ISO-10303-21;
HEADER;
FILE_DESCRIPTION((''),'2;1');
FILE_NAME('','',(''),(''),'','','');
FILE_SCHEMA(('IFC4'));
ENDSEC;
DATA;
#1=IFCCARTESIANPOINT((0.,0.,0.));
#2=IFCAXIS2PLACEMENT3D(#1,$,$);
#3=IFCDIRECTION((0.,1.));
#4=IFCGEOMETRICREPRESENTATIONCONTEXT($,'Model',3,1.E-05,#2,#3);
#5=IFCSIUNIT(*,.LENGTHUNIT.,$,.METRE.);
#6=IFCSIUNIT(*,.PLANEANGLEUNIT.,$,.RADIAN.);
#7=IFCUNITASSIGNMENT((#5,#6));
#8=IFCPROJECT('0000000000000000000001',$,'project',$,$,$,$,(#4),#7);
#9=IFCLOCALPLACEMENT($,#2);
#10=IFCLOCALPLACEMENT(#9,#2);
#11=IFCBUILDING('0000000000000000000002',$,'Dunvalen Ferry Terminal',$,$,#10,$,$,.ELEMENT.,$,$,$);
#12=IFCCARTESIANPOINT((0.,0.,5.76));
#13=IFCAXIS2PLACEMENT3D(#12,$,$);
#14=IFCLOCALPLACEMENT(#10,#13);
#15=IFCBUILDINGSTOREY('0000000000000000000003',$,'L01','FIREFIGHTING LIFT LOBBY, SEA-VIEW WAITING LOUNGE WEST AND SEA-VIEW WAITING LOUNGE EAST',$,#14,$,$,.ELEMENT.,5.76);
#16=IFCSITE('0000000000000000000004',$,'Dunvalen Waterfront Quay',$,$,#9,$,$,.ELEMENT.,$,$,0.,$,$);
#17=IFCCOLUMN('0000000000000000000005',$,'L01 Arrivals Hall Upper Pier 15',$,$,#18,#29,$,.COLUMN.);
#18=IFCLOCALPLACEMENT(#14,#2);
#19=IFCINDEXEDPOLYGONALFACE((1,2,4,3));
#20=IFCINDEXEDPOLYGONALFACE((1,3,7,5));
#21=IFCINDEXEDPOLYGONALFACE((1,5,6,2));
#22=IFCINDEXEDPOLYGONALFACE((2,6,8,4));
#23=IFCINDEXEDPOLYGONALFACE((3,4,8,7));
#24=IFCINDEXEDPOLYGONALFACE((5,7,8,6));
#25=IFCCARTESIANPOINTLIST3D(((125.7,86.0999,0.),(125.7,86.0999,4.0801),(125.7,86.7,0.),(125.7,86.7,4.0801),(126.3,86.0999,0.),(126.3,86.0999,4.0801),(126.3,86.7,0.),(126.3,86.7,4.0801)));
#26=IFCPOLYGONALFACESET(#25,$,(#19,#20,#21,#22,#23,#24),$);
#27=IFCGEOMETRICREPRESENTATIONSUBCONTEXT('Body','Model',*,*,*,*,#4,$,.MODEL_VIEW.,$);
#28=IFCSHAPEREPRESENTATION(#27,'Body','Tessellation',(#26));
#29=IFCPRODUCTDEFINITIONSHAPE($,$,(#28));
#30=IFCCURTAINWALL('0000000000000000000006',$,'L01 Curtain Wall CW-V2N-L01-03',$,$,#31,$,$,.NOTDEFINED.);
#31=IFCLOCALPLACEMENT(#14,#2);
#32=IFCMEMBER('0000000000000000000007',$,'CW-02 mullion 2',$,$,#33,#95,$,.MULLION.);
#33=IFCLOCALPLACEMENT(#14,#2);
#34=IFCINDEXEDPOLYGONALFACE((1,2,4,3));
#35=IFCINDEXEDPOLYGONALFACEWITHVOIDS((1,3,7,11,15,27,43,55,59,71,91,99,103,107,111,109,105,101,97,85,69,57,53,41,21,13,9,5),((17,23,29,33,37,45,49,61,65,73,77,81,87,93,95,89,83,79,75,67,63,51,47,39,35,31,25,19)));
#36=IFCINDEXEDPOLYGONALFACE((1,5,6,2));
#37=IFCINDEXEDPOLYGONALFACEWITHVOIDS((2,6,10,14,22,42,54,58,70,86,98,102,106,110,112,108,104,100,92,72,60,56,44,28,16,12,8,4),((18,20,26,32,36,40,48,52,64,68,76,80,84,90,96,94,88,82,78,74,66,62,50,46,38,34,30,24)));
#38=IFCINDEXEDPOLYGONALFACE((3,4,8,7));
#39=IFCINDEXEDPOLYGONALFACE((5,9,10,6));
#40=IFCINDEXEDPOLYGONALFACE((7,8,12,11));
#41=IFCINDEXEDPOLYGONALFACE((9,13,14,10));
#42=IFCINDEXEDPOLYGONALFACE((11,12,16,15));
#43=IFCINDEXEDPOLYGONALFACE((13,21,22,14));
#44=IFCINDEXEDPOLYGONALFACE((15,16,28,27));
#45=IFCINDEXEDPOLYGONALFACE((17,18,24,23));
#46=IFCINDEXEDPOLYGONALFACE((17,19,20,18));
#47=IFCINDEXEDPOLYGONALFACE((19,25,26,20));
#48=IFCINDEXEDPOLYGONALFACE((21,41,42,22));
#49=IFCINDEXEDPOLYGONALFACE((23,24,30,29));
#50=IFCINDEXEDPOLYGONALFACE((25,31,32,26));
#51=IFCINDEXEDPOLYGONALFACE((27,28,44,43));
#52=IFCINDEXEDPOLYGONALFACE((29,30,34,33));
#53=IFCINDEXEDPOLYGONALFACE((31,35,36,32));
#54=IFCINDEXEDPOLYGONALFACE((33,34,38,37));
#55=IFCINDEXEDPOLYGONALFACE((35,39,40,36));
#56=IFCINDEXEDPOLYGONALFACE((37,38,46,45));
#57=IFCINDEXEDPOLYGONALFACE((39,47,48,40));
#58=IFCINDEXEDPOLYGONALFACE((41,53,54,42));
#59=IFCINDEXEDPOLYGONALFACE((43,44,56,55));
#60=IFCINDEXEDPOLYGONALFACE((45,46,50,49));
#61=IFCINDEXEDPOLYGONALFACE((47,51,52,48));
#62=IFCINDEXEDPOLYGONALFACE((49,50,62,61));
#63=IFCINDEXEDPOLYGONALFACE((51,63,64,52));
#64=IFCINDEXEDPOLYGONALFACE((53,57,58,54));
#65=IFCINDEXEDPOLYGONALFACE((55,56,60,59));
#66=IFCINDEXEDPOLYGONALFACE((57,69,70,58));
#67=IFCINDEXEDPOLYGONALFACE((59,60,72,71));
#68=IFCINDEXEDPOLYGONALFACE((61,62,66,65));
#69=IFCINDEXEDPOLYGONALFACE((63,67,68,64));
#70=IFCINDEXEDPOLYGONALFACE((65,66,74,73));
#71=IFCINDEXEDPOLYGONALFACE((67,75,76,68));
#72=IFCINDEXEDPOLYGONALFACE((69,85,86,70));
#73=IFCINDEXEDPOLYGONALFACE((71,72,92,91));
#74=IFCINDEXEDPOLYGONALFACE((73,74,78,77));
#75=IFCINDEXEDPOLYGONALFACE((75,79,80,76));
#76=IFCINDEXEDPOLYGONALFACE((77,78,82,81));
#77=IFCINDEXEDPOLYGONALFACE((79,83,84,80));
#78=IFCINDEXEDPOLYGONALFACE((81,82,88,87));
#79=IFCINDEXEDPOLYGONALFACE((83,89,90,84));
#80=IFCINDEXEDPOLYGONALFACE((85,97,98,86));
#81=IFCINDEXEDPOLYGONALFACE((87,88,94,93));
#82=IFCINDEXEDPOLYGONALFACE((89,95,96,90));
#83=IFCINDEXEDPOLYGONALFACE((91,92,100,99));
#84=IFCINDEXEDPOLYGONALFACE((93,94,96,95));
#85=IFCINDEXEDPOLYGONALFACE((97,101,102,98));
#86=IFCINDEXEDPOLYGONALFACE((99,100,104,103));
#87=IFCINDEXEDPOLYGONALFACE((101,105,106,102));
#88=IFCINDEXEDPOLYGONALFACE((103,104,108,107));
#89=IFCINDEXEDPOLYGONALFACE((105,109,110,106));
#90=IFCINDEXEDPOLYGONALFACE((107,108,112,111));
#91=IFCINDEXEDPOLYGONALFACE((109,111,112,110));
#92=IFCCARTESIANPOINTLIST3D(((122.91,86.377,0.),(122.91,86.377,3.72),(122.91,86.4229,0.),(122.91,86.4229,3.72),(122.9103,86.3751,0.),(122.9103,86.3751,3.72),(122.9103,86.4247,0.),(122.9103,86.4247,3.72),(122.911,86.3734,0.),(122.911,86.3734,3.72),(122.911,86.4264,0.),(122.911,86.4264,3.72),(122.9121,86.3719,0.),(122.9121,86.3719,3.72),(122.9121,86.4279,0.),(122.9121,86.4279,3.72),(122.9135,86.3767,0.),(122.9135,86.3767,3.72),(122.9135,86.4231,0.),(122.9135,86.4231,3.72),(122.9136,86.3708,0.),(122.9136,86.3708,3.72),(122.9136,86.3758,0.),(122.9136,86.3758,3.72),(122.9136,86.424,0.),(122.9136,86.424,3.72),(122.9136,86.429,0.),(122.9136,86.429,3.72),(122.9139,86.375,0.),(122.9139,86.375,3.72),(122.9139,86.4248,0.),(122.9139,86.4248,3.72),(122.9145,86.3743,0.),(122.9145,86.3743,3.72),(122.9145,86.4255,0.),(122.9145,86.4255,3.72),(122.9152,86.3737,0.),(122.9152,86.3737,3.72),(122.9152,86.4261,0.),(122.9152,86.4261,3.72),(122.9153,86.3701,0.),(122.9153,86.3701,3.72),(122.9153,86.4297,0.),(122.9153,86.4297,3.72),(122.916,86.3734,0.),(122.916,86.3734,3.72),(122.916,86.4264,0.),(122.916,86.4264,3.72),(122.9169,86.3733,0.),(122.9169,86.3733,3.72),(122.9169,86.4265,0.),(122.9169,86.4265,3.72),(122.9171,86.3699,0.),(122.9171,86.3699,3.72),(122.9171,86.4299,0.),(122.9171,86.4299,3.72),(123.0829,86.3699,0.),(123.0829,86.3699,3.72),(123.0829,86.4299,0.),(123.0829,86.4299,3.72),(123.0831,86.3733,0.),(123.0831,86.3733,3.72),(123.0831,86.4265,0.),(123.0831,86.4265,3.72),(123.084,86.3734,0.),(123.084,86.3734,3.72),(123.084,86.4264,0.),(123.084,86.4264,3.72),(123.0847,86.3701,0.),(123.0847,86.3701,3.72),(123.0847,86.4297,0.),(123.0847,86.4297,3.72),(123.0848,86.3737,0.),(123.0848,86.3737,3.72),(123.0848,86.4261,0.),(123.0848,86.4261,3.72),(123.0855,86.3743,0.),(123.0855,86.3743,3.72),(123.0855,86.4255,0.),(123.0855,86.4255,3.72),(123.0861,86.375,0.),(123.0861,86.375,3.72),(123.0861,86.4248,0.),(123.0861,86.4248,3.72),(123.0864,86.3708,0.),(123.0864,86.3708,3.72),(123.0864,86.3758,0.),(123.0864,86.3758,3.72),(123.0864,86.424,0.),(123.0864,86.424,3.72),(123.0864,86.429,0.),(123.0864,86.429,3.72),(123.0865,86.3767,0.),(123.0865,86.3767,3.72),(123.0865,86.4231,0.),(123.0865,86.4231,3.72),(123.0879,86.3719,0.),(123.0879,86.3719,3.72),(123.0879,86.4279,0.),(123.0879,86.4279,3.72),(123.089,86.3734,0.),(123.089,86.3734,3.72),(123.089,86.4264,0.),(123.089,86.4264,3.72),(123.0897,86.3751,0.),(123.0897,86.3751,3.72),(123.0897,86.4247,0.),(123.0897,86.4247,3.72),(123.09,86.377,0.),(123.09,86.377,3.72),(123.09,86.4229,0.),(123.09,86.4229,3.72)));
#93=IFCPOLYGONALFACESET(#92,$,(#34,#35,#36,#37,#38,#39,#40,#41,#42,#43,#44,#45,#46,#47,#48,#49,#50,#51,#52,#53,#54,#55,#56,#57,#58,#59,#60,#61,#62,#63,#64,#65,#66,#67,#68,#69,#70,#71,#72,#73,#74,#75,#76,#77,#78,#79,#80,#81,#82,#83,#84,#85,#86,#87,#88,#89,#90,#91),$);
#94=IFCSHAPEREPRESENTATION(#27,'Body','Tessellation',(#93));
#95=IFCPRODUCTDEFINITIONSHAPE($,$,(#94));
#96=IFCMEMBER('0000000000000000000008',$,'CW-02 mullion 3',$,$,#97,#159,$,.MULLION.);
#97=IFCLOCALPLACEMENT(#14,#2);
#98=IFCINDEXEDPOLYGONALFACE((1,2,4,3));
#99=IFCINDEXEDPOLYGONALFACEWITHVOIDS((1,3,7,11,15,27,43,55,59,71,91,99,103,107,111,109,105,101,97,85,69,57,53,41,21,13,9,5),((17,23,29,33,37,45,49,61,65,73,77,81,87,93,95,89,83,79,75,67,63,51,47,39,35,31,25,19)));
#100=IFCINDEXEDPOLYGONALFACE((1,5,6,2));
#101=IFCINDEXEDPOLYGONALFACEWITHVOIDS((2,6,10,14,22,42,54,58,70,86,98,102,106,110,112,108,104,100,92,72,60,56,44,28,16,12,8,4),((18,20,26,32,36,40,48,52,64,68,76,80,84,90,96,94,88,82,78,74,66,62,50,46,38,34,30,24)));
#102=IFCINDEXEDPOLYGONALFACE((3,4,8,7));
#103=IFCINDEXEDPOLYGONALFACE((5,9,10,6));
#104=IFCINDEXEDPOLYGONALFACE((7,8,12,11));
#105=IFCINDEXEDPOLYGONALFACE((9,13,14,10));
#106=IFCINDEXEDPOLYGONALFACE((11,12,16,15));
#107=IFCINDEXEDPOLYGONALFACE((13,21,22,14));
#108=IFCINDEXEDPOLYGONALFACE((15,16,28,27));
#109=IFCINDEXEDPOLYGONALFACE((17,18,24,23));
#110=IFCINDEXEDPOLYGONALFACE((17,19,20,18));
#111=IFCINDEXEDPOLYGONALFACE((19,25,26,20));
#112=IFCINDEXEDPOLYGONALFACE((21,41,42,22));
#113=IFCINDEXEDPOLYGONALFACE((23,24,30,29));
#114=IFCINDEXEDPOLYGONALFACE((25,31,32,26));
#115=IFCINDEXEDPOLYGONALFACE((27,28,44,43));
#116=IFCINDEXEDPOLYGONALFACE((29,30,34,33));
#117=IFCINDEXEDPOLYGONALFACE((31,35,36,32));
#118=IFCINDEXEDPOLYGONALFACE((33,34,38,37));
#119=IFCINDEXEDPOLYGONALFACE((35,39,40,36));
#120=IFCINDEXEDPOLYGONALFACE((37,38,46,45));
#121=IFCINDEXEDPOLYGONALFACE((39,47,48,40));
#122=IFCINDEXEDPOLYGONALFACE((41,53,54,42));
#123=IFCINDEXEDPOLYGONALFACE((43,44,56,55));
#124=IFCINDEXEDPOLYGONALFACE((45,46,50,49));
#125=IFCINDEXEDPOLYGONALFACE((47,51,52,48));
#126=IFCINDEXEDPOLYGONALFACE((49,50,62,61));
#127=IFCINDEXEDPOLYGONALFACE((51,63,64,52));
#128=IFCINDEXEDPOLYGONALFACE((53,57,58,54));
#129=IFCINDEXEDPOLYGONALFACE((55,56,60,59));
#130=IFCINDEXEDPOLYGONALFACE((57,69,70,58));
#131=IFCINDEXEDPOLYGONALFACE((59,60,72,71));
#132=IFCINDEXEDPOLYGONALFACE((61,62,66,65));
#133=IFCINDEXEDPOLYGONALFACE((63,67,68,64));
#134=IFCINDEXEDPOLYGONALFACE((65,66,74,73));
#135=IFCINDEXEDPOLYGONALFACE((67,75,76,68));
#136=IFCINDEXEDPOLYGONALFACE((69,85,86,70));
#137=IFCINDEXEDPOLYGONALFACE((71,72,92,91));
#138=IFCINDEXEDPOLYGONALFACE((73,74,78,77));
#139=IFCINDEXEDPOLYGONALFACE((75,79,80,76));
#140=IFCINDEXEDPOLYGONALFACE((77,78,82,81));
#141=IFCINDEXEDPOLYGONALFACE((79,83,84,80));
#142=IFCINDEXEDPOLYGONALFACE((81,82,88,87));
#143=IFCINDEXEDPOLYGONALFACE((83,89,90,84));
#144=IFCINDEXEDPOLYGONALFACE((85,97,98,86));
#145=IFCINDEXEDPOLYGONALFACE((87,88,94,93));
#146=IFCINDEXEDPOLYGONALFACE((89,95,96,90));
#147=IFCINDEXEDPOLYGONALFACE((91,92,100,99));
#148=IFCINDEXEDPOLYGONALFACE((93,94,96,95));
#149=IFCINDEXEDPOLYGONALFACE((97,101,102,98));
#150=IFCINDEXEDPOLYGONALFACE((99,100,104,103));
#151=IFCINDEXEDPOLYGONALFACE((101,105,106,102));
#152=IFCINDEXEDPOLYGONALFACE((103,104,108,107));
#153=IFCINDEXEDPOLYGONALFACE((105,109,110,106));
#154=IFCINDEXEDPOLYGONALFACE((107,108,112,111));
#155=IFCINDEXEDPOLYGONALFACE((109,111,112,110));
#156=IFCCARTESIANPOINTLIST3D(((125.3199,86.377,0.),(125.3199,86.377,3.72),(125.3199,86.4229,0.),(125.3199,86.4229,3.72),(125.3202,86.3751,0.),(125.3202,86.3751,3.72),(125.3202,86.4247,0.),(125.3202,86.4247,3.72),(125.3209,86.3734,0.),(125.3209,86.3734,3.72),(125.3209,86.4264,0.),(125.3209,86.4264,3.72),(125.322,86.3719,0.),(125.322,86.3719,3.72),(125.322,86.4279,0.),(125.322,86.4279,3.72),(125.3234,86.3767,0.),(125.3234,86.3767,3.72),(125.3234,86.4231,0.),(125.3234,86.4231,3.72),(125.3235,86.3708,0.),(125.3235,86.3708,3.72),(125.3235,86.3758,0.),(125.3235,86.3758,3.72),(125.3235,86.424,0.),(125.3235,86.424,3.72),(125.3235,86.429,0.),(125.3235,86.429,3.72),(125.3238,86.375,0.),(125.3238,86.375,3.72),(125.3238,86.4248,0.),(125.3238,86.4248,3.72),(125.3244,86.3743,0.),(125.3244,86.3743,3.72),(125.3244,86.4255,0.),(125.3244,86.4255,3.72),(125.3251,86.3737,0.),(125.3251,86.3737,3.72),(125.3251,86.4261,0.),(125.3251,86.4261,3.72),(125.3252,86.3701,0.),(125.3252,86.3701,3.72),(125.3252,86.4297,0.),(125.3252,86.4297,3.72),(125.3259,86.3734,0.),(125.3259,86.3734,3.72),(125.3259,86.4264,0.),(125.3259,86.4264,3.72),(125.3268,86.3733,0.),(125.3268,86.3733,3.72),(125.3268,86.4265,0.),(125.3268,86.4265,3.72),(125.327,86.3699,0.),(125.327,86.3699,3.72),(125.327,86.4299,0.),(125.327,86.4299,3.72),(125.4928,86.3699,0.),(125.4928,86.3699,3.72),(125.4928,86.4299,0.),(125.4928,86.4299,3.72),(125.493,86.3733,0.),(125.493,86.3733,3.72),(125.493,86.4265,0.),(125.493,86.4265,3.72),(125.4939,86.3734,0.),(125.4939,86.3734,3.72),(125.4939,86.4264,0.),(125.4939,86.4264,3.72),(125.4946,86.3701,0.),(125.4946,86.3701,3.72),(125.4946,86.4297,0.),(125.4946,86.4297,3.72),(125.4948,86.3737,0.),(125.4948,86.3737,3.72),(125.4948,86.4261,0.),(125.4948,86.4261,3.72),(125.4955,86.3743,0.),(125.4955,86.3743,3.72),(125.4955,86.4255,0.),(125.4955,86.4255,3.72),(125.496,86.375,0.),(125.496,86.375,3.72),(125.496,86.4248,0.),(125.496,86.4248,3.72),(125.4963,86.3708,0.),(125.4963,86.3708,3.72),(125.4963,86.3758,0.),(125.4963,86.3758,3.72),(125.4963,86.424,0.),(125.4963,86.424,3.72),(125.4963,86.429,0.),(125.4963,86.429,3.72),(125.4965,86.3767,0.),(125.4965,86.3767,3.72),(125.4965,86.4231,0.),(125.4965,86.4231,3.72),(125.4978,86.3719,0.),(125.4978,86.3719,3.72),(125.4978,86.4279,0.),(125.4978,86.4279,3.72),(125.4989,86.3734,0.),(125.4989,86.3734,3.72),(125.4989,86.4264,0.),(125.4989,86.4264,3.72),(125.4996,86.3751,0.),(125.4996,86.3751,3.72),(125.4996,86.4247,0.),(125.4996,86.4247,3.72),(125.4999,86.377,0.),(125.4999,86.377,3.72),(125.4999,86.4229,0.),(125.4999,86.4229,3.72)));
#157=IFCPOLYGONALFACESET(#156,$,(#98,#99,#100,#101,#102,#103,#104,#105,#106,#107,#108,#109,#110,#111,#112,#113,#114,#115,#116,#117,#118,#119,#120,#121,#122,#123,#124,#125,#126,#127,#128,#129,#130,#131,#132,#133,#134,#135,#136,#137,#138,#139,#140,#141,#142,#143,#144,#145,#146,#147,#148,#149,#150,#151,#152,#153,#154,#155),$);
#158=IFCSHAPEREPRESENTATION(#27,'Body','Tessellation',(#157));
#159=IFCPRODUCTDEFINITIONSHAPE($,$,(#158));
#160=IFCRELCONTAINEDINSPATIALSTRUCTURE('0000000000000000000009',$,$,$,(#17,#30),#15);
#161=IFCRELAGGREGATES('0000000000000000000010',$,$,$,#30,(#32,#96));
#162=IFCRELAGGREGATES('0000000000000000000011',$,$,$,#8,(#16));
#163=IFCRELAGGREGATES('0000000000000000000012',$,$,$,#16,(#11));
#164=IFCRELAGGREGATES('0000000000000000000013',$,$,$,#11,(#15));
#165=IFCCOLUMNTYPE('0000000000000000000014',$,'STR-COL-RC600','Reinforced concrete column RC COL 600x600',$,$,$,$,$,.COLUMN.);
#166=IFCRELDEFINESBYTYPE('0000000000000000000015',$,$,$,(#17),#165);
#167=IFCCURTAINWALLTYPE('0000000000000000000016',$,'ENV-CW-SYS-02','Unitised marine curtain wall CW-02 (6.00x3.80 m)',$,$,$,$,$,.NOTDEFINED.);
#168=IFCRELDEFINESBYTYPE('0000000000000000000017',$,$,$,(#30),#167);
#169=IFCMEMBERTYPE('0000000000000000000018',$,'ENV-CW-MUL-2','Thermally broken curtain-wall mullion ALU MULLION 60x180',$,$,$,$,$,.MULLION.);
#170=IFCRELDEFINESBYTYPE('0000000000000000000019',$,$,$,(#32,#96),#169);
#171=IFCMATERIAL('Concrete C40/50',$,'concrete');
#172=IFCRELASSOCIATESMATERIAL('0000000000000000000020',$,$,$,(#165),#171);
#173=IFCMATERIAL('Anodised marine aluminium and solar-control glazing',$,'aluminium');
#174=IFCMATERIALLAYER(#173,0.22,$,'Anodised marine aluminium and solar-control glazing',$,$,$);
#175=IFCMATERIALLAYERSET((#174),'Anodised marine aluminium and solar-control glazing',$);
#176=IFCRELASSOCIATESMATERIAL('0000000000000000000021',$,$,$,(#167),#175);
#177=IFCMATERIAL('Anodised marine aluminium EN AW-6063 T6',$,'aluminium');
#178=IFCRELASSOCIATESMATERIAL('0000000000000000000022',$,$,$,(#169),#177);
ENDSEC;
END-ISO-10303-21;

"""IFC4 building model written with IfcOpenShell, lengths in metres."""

from ifc_helpers import new_model, si_unit, direction, frame, origin, origin_2d, place, context, subcontext, project, spatial, rectangle, hollow_rectangle, extrude, material, layer, layer_set, material_profile, profile_set, type_object, element, aggregate, save


model = new_model("IFC4")

# Units and contexts
model_context = context("Model", 3, precision=1e-05, world=origin(), true_north=direction((0.0, 1.0)))
body_context = subcontext(model_context, "Body", "Model", "MODEL_VIEW")
ifc_project = project(units=[si_unit("LENGTHUNIT", "METRE"), si_unit("PLANEANGLEUNIT", "RADIAN")], contexts=[model_context])

# Site, building, storey
site_placement = place(None, origin())
site = spatial("IfcSite", under=ifc_project, at=site_placement, Name="Dunvalen Waterfront Quay", CompositionType="ELEMENT", RefElevation=0.0)
building_placement = place(site_placement, origin())
building = spatial("IfcBuilding", under=site, at=building_placement, Name="Dunvalen Ferry Terminal", CompositionType="ELEMENT")
storey_placement = place(building_placement, frame((0.0, 0.0, 5.76)))
storey = spatial("IfcBuildingStorey", under=building, at=storey_placement, Name="L01", Description="FIREFIGHTING LIFT LOBBY, SEA-VIEW WAITING LOUNGE WEST AND SEA-VIEW WAITING LOUNGE EAST", CompositionType="ELEMENT", Elevation=5.76)

# Column
ifc_material_1 = material(Name="Concrete C40/50", Category="concrete")
ifc_material_profile_1 = material_profile(ifc_material_1, rectangle(XDim=0.6001, YDim=0.6001, at=origin_2d()), Name="Concrete C40/50")
ifc_profile_set_1 = profile_set([ifc_material_profile_1], Name="Concrete C40/50")
column_type = type_object("IfcColumnType", Name="STR-COL-RC600", Description="Reinforced concrete column RC COL 600x600", PredefinedType="COLUMN", material=ifc_profile_set_1)
column_placement = place(storey_placement, frame((126.0, 86.3999, 0.0), z_axis=(0.0, 0.0, 1.0), x_axis=(1.0, 0.0, 0.0)))
element("IfcColumn", 1, at=column_placement, inside=storey, type_object=column_type, Name="L01 Arrivals Hall Upper Pier 15", PredefinedType="COLUMN", context=body_context, shape_type="SweptSolid", body=[
    extrude(rectangle(XDim=0.6001, YDim=0.6001, at=origin_2d()), origin(), (0.0, 0.0, 1.0), 4.0801),
])

# Curtain wall, members
ifc_material_2 = material(Name="Anodised marine aluminium and solar-control glazing", Category="aluminium")
ifc_layer_1 = layer(ifc_material_2, 0.22, Name="Anodised marine aluminium and solar-control glazing")
ifc_layer_set_1 = layer_set([ifc_layer_1], Name="Anodised marine aluminium and solar-control glazing")
curtain_wall_type_1 = type_object("IfcCurtainWallType", Name="ENV-CW-SYS-02", Description="Unitised marine curtain wall CW-02 (6.00x3.80 m)", PredefinedType="NOTDEFINED", material=ifc_layer_set_1)
curtain_wall_1_placement = place(storey_placement, origin())
curtain_wall_1 = element("IfcCurtainWall", 2, at=curtain_wall_1_placement, inside=storey, type_object=curtain_wall_type_1, Name="L01 Curtain Wall CW-V2N-L01-03", PredefinedType="NOTDEFINED")
ifc_material_3 = material(Name="Anodised marine aluminium EN AW-6063 T6", Category="aluminium")
ifc_material_profile_2 = material_profile(ifc_material_3, hollow_rectangle(XDim=0.0601, YDim=0.1799, WallThickness=0.0034, InnerFilletRadius=0.0034, OuterFilletRadius=0.0071, at=origin_2d()), Name="Anodised marine aluminium EN AW-6063 T6")
ifc_profile_set_2 = profile_set([ifc_material_profile_2], Name="Anodised marine aluminium EN AW-6063 T6")
member_type_1 = type_object("IfcMemberType", Name="ENV-CW-MUL-2", Description="Thermally broken curtain-wall mullion ALU MULLION 60x180", PredefinedType="MULLION", material=ifc_profile_set_2)
member_1_placement = place(storey_placement, frame((123.0, 86.3999, 0.0), z_axis=(0.0, 0.0, 1.0), x_axis=(0.0, 1.0, 0.0)))
member_1 = element("IfcMember", 3, at=member_1_placement, type_object=member_type_1, Name="CW-02 mullion 2", PredefinedType="MULLION", context=body_context, shape_type="SweptSolid", body=[
    extrude(hollow_rectangle(XDim=0.0601, YDim=0.1799, WallThickness=0.0034, InnerFilletRadius=0.0034, OuterFilletRadius=0.0071, at=origin_2d()), origin(), (0.0, 0.0, 1.0), 3.72),
])
member_2_placement = place(storey_placement, frame((125.4099, 86.3999, 0.0), z_axis=(0.0, 0.0, 1.0), x_axis=(0.0, 1.0, 0.0)))
member_2 = element("IfcMember", 4, at=member_2_placement, type_object=member_type_1, Name="CW-02 mullion 3", PredefinedType="MULLION", context=body_context, shape_type="SweptSolid", body=[
    extrude(hollow_rectangle(XDim=0.0601, YDim=0.1799, WallThickness=0.0034, InnerFilletRadius=0.0034, OuterFilletRadius=0.0071, at=origin_2d()), origin(), (0.0, 0.0, 1.0), 3.72),
])

aggregate(curtain_wall_1, [member_1, member_2])

save(model, "model.ifc")
